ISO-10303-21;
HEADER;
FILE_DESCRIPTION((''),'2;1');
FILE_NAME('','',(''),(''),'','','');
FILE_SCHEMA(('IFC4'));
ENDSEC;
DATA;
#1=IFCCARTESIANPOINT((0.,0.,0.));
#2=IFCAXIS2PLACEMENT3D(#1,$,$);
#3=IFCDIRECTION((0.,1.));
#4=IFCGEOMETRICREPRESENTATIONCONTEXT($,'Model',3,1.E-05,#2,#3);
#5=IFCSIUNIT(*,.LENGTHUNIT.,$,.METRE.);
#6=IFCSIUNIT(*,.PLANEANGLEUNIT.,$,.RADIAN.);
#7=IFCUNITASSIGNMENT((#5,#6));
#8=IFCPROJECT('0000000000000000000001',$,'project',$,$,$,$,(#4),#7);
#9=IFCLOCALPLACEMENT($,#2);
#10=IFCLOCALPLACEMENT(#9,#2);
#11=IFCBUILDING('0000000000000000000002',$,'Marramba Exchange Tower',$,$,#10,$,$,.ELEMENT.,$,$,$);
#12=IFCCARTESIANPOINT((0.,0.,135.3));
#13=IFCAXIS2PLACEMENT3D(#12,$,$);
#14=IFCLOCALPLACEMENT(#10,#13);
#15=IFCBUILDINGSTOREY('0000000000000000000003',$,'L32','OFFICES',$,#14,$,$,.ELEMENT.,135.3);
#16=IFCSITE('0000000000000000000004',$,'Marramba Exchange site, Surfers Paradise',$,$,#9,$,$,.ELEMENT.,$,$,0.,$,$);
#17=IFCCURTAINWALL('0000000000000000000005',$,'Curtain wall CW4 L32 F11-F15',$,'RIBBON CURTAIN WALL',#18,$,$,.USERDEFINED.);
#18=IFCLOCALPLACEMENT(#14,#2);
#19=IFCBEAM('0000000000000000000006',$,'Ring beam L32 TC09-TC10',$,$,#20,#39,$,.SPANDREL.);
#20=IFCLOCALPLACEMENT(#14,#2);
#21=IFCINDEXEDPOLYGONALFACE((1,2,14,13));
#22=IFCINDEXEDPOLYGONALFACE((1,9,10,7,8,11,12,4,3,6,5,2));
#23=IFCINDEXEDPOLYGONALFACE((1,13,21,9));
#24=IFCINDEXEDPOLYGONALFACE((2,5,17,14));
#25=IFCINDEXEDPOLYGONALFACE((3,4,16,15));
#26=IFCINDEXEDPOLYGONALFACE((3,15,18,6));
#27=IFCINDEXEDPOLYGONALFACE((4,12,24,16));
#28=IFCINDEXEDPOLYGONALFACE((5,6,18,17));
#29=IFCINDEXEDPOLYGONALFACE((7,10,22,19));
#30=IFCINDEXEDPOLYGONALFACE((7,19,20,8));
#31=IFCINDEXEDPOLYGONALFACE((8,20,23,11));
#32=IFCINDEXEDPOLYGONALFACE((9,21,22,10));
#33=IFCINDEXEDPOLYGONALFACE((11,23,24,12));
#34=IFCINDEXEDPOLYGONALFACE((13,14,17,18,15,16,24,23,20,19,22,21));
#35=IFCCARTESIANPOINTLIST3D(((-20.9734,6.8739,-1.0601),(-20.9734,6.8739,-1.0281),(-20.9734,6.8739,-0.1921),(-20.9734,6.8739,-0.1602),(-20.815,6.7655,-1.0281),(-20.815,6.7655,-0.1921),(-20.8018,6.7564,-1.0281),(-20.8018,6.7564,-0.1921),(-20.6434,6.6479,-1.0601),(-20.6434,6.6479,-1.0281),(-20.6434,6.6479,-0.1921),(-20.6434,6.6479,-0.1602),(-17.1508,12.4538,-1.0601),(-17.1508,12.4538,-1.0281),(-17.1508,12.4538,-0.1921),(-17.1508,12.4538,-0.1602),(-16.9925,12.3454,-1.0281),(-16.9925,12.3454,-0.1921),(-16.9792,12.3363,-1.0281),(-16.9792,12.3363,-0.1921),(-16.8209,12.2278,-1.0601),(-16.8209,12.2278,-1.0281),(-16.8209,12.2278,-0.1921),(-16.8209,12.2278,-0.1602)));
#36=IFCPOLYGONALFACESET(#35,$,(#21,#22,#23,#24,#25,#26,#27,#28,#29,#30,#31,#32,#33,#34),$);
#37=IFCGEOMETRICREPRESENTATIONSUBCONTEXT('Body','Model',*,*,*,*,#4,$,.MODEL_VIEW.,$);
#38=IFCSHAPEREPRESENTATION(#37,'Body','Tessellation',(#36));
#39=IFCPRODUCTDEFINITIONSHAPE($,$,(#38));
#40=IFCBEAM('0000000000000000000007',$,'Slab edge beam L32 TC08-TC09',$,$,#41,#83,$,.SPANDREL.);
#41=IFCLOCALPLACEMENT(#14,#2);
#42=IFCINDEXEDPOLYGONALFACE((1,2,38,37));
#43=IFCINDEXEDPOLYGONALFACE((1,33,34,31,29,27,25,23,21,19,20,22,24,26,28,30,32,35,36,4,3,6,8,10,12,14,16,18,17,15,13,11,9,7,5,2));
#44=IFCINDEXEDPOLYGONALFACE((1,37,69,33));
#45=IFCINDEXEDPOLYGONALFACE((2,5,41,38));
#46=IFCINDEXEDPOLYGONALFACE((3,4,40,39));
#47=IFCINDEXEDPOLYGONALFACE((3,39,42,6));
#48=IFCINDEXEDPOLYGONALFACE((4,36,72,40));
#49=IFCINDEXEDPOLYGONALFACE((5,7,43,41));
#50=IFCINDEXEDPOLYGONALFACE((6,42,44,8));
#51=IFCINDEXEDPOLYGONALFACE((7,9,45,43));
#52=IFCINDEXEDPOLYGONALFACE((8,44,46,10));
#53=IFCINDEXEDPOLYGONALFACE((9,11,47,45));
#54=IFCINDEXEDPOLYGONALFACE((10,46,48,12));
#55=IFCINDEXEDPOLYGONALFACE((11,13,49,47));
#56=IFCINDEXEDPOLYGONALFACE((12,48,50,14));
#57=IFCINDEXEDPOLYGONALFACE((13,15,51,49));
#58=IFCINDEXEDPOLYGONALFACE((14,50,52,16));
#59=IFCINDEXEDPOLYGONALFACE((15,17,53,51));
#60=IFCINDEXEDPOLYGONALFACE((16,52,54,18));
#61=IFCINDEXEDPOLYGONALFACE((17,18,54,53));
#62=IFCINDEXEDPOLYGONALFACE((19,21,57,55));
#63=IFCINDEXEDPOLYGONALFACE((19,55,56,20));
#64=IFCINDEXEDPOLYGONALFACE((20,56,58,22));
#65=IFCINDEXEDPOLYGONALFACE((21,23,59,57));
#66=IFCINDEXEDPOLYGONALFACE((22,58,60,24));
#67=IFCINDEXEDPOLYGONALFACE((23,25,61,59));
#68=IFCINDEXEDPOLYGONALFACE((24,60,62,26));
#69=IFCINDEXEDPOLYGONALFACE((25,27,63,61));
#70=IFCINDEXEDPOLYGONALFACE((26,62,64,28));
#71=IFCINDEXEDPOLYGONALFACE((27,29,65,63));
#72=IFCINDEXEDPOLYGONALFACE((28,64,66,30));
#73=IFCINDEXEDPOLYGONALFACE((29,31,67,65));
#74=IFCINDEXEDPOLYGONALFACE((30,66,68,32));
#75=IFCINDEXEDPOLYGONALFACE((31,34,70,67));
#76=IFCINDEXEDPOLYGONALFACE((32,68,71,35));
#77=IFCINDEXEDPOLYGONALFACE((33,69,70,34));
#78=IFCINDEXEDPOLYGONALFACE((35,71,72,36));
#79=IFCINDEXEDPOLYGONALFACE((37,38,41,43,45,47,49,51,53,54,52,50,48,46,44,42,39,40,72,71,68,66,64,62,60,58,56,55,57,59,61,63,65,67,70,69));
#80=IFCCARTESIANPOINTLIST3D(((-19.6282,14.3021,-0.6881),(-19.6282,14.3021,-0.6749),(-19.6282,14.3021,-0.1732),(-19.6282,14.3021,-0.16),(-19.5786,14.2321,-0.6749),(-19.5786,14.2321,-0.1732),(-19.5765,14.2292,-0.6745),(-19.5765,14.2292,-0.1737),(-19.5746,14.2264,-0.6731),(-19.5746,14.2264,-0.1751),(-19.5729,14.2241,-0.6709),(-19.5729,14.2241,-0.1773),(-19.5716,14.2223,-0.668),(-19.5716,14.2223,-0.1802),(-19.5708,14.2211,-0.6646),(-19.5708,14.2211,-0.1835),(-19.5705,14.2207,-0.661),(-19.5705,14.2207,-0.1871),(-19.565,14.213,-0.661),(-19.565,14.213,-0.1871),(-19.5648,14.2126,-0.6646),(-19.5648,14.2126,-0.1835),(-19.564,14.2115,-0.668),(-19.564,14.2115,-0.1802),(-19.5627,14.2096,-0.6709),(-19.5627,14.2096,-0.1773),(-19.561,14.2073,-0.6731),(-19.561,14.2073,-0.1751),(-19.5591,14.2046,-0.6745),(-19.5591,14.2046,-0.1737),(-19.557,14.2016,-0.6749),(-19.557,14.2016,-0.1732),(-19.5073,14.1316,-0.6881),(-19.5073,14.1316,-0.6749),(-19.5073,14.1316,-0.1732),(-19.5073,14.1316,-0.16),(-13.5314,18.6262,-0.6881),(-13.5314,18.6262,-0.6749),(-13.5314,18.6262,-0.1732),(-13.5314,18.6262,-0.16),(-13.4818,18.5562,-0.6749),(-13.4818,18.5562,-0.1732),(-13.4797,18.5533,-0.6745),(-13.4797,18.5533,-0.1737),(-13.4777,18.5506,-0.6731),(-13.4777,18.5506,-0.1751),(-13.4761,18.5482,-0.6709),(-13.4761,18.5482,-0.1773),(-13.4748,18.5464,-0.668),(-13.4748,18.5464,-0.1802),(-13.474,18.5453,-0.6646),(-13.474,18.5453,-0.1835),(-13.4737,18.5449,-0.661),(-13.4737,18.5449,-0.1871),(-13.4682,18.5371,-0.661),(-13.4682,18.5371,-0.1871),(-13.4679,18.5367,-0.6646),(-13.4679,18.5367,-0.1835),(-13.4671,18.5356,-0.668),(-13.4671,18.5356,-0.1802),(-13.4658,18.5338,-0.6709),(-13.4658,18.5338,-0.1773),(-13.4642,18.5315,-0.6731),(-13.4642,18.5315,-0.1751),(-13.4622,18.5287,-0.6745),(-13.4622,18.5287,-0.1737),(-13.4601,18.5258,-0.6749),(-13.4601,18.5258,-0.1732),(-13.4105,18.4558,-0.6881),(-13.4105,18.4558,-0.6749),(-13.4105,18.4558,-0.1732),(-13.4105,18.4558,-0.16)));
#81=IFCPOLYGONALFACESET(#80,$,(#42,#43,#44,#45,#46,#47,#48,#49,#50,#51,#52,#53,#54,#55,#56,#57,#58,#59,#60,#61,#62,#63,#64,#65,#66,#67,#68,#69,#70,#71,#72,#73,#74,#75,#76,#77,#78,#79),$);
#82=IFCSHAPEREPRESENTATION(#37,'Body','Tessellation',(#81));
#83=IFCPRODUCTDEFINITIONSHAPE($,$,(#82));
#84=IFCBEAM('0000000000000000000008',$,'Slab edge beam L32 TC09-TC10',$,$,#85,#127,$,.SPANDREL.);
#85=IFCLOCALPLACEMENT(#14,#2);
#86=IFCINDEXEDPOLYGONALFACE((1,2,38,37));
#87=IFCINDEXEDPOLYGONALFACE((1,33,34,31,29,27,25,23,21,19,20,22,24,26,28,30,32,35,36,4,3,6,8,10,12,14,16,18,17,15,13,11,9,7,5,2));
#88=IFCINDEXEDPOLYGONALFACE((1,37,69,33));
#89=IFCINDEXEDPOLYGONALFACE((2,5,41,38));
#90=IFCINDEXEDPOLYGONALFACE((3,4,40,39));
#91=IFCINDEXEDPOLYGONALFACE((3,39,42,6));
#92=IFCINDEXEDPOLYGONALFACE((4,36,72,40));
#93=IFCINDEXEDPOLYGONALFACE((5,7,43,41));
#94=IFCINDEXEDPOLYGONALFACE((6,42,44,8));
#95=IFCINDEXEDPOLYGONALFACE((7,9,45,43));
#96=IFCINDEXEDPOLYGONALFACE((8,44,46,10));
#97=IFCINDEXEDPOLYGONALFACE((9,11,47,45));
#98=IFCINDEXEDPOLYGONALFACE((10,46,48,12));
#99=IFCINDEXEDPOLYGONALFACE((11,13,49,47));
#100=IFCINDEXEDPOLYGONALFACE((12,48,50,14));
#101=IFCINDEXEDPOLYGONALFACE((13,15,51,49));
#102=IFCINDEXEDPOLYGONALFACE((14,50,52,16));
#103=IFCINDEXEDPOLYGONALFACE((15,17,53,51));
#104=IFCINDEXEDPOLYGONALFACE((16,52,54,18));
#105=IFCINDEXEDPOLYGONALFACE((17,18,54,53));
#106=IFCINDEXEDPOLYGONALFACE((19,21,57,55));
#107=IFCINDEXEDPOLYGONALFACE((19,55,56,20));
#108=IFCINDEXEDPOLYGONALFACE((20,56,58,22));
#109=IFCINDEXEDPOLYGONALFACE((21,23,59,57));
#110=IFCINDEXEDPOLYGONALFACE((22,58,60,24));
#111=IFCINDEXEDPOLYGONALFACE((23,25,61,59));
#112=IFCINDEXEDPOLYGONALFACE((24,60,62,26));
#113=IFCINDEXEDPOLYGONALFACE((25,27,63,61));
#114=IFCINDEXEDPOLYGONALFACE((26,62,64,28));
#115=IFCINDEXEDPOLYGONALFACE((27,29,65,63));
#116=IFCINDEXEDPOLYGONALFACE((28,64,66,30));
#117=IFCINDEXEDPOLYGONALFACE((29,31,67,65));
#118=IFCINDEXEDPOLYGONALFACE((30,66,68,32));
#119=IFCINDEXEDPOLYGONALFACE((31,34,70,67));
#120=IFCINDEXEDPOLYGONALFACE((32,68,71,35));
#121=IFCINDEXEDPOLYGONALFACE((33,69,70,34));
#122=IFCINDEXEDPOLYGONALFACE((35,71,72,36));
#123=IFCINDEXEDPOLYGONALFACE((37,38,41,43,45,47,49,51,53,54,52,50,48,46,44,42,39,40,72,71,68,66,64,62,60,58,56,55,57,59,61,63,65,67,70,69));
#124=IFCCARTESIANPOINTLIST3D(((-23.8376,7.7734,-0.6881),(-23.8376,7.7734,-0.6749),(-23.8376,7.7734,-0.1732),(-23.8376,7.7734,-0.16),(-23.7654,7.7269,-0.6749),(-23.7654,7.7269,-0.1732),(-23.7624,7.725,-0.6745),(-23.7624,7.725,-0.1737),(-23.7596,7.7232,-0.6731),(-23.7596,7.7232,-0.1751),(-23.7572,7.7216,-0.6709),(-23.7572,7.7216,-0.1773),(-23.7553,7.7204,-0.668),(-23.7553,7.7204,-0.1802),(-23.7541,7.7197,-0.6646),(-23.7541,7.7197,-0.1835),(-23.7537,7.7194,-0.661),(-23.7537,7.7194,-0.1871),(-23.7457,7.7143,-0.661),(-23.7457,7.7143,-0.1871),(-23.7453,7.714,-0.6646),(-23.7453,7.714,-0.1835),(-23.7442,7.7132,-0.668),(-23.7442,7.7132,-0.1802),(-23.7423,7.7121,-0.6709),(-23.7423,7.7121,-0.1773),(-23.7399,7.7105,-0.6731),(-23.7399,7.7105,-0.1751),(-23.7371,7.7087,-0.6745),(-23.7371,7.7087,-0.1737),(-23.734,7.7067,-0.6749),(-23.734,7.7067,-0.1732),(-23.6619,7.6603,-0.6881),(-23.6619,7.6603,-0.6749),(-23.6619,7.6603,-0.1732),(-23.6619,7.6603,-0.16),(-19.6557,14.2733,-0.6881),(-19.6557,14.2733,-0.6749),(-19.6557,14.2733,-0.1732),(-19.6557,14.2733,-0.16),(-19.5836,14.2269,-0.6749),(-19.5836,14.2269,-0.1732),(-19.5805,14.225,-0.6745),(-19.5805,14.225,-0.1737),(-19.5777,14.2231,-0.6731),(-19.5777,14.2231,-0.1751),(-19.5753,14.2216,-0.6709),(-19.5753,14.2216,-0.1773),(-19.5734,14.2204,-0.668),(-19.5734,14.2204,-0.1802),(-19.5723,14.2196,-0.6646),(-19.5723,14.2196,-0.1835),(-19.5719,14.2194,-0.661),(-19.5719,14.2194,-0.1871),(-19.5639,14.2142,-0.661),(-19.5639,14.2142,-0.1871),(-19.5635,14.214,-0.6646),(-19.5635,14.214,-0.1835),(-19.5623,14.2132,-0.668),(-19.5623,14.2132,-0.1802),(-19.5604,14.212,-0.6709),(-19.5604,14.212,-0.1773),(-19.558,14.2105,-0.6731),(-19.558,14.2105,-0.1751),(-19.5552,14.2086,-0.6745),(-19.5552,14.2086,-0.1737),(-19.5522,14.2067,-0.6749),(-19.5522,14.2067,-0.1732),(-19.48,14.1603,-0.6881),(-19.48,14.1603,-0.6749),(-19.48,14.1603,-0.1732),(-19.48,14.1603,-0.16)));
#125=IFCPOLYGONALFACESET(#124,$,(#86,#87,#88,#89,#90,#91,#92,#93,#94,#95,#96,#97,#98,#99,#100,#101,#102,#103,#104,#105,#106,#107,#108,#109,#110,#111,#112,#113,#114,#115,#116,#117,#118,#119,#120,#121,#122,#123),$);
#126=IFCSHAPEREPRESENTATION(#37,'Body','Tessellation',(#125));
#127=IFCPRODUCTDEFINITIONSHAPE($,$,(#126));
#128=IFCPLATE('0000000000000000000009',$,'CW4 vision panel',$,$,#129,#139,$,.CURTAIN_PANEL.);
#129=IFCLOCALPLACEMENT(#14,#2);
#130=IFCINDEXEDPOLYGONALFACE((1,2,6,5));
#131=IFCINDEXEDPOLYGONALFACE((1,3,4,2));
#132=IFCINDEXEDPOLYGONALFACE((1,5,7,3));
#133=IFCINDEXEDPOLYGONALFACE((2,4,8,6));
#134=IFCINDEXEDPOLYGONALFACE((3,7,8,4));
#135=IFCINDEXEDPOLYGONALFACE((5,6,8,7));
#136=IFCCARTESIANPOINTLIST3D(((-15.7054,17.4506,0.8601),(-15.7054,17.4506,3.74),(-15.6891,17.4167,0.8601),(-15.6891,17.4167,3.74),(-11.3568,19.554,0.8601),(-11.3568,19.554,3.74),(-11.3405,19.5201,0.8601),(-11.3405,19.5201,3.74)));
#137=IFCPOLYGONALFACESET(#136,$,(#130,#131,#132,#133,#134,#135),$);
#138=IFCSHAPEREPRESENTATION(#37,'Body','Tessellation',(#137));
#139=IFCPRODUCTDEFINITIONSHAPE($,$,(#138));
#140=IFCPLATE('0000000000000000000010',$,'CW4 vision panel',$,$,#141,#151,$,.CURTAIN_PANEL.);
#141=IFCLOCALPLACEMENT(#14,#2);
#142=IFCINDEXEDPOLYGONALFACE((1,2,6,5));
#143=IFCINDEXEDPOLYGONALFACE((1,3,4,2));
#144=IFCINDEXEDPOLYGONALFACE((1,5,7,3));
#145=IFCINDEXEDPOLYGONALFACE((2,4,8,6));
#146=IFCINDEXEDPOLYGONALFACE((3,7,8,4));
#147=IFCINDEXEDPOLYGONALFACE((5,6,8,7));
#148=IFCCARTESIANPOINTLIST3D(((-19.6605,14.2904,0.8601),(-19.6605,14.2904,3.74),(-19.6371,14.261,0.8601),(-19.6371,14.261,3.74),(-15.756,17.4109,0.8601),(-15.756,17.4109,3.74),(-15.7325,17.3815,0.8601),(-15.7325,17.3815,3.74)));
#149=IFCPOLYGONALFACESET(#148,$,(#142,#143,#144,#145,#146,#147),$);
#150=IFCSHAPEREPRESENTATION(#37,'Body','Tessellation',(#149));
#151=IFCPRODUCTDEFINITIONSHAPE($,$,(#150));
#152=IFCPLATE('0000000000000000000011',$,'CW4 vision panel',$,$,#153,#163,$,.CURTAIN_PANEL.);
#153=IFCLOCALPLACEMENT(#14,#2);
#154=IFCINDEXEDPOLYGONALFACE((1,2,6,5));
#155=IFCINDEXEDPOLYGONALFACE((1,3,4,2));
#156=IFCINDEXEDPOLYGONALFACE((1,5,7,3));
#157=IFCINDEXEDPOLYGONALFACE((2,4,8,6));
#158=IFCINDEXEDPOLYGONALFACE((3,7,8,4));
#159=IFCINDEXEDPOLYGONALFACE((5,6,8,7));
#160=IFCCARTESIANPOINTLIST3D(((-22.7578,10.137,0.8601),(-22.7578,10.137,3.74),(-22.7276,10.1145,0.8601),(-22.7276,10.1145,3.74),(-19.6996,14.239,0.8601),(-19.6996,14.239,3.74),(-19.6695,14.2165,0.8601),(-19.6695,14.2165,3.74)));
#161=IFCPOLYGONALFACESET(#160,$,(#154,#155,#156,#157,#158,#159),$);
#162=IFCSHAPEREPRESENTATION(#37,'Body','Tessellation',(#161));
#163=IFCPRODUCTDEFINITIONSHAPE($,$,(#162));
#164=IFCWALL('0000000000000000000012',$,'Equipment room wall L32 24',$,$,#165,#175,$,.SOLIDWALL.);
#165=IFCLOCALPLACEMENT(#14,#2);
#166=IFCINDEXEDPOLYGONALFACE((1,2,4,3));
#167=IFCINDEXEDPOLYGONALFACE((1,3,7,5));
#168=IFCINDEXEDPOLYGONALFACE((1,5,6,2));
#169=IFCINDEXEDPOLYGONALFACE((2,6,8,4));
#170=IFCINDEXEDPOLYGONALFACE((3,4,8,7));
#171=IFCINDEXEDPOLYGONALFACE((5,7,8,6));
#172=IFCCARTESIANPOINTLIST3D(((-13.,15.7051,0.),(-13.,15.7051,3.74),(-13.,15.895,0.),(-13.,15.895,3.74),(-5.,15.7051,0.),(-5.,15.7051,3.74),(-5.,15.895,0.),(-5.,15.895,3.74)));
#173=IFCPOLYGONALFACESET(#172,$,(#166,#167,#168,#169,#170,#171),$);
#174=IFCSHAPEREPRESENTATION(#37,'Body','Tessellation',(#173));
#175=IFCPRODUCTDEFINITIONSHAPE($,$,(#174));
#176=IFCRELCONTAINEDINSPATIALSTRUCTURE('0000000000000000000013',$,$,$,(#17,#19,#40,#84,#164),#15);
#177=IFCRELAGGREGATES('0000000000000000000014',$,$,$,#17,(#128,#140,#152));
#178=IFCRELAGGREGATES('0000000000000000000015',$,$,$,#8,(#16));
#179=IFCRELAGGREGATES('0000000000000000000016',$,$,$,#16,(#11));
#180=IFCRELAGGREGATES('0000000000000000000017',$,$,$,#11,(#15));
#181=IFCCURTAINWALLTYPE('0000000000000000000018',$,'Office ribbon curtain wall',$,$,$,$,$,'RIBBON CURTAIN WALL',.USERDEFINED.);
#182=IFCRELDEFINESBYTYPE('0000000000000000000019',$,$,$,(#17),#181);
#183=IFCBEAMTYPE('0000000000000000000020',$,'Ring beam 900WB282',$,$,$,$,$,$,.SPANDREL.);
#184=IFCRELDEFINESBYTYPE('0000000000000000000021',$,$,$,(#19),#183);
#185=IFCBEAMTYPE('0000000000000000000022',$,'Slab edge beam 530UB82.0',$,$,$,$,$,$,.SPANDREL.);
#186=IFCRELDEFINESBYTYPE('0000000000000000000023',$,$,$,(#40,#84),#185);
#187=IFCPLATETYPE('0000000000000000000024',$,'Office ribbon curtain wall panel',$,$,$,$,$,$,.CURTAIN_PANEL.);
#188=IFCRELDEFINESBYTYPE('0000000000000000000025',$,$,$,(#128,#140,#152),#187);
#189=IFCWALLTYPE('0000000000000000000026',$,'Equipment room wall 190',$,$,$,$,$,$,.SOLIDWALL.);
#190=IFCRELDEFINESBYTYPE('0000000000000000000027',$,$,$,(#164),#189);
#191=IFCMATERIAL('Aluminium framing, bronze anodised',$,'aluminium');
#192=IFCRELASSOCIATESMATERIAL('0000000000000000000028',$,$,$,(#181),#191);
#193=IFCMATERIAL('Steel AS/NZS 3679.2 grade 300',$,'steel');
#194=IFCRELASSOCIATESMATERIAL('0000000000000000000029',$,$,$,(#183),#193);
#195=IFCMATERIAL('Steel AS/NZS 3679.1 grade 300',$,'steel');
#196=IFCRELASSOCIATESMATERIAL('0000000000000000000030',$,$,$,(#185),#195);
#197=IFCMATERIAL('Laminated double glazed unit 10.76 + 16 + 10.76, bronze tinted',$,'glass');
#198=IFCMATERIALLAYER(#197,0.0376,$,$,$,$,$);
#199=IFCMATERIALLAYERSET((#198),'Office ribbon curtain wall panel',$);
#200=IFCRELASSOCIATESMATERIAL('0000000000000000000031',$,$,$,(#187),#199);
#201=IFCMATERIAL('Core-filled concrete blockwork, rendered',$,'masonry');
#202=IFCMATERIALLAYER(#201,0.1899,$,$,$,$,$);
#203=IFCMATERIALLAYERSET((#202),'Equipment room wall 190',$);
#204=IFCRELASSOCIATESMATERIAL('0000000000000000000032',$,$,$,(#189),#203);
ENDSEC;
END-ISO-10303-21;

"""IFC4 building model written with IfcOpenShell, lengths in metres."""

from ifc_helpers import new_model, si_unit, direction, frame, frame_2d, origin, origin_2d, place, context, subcontext, project, spatial, rectangle, i_section, extrude, material, layer, layer_set, material_profile, profile_set, type_object, element, aggregate, save


model = new_model("IFC4")

# Units and contexts
model_context = context("Model", 3, precision=1e-05, world=origin(), true_north=direction((0.0, 1.0)))
body_context = subcontext(model_context, "Body", "Model", "MODEL_VIEW")
ifc_project = project(units=[si_unit("LENGTHUNIT", "METRE"), si_unit("PLANEANGLEUNIT", "RADIAN")], contexts=[model_context])

# Site, building, storey
site_placement = place(None, origin())
site = spatial("IfcSite", under=ifc_project, at=site_placement, Name="Marramba Exchange site, Surfers Paradise", CompositionType="ELEMENT", RefElevation=0.0)
building_placement = place(site_placement, origin())
building = spatial("IfcBuilding", under=site, at=building_placement, Name="Marramba Exchange Tower", CompositionType="ELEMENT")
storey_placement = place(building_placement, frame((0.0, 0.0, 135.3)))
storey = spatial("IfcBuildingStorey", under=building, at=storey_placement, Name="L32", Description="OFFICES", CompositionType="ELEMENT", Elevation=135.3)

# Shared definitions
ifc_material_1 = material(Name="Steel AS/NZS 3679.2 grade 300", Category="steel")
ifc_material_2 = material(Name="Steel AS/NZS 3679.1 grade 300", Category="steel")

# Curtain wall
ifc_material_3 = material(Name="Aluminium framing, bronze anodised", Category="aluminium")
curtain_wall_type = type_object("IfcCurtainWallType", Name="Office ribbon curtain wall", ElementType="RIBBON CURTAIN WALL", PredefinedType="USERDEFINED", material=ifc_material_3)
curtain_wall_placement = place(storey_placement, origin())
curtain_wall = element("IfcCurtainWall", 1, at=curtain_wall_placement, inside=storey, type_object=curtain_wall_type, Name="Curtain wall CW4 L32 F11-F15", ObjectType="RIBBON CURTAIN WALL", PredefinedType="USERDEFINED")

# Beams
ifc_material_profile_1 = material_profile(ifc_material_1, i_section(OverallWidth=0.3999, OverallDepth=0.8999, WebThickness=0.0161, FlangeThickness=0.032, at=origin_2d()), Name="900WB282")
ifc_profile_set_1 = profile_set([ifc_material_profile_1], Name="Steel AS/NZS 3679.2 grade 300")
beam_type_1 = type_object("IfcBeamType", Name="Ring beam 900WB282", PredefinedType="SPANDREL", material=ifc_profile_set_1)
beam_1_placement = place(storey_placement, frame((-16.9858, 12.3408, -0.6101), z_axis=(-0.56516, -0.824981, 0.0), x_axis=(0.824981, -0.56516, 0.0)))
element("IfcBeam", 2, at=beam_1_placement, inside=storey, type_object=beam_type_1, Name="Ring beam L32 TC09-TC10", PredefinedType="SPANDREL", context=body_context, shape_type="SweptSolid", body=[
    extrude(i_section(OverallWidth=0.3999, OverallDepth=0.8999, WebThickness=0.0161, FlangeThickness=0.032, at=origin_2d()), origin(), (0.0, 0.0, 1.0), 6.7637),
])
ifc_material_profile_2 = material_profile(ifc_material_2, i_section(OverallWidth=0.209, OverallDepth=0.5281, WebThickness=0.0095, FlangeThickness=0.0132, FilletRadius=0.0139, at=origin_2d()), Name="530UB82.0")
ifc_profile_set_2 = profile_set([ifc_material_profile_2], Name="Steel AS/NZS 3679.1 grade 300")
beam_type_2 = type_object("IfcBeamType", Name="Slab edge beam 530UB82.0", PredefinedType="SPANDREL", material=ifc_profile_set_2)
beam_2_placement = place(storey_placement, frame((-13.4709, 18.541, -0.4241), z_axis=(-0.815673, -0.578513, 0.0), x_axis=(0.578513, -0.815673, 0.0)))
element("IfcBeam", 3, at=beam_2_placement, inside=storey, type_object=beam_type_2, Name="Slab edge beam L32 TC08-TC09", PredefinedType="SPANDREL", context=body_context, shape_type="SweptSolid", body=[
    extrude(i_section(OverallWidth=0.209, OverallDepth=0.5281, WebThickness=0.0095, FlangeThickness=0.0132, FilletRadius=0.0139, at=origin_2d()), origin(), (0.0, 0.0, 1.0), 7.4746),
])
beam_3_placement = place(storey_placement, frame((-19.5679, 14.2168, -0.4241), z_axis=(-0.541061, -0.840983, 0.0), x_axis=(0.840983, -0.541061, 0.0)))
element("IfcBeam", 4, at=beam_3_placement, inside=storey, type_object=beam_type_2, Name="Slab edge beam L32 TC09-TC10", PredefinedType="SPANDREL", context=body_context, shape_type="SweptSolid", body=[
    extrude(i_section(OverallWidth=0.209, OverallDepth=0.5281, WebThickness=0.0095, FlangeThickness=0.0132, FilletRadius=0.0139, at=origin_2d()), origin(), (0.0, 0.0, 1.0), 7.729),
])

# Plates
ifc_material_4 = material(Name="Laminated double glazed unit 10.76 + 16 + 10.76, bronze tinted", Category="glass")
ifc_layer_1 = layer(ifc_material_4, 0.0376)
ifc_layer_set_1 = layer_set([ifc_layer_1], Name="Office ribbon curtain wall panel")
plate_type = type_object("IfcPlateType", Name="Office ribbon curtain wall panel", PredefinedType="CURTAIN_PANEL", material=ifc_layer_set_1)
plate_1_placement = place(storey_placement, frame((-13.5229, 18.4854, 0.8601), z_axis=(0.0, 0.0, 1.0), x_axis=(-0.900224, -0.435428, 0.0)))
plate_1 = element("IfcPlate", 5, at=plate_1_placement, type_object=plate_type, Name="CW4 vision panel", PredefinedType="CURTAIN_PANEL", context=body_context, shape_type="SweptSolid", body=[
    extrude(rectangle(XDim=4.8306, YDim=0.0376, at=origin_2d()), origin(), (0.0, 0.0, 1.0), 2.8799),
])
plate_2_placement = place(storey_placement, frame((-17.6965, 15.8359, 0.8601), z_axis=(0.0, 0.0, 1.0), x_axis=(-0.781178, -0.624308, 0.0)))
plate_2 = element("IfcPlate", 6, at=plate_2_placement, type_object=plate_type, Name="CW4 vision panel", PredefinedType="CURTAIN_PANEL", context=body_context, shape_type="SweptSolid", body=[
    extrude(rectangle(XDim=4.9983, YDim=0.0376, at=origin_2d()), origin(), (0.0, 0.0, 1.0), 2.8799),
])
plate_3_placement = place(storey_placement, frame((-21.2136, 12.1768, 0.8601), z_axis=(0.0, 0.0, 1.0), x_axis=(-0.597704, -0.801717, 0.0)))
plate_3 = element("IfcPlate", 7, at=plate_3_placement, type_object=plate_type, Name="CW4 vision panel", PredefinedType="CURTAIN_PANEL", context=body_context, shape_type="SweptSolid", body=[
    extrude(rectangle(XDim=5.1165, YDim=0.0376, at=origin_2d()), origin(), (0.0, 0.0, 1.0), 2.8799),
])
aggregate(curtain_wall, [plate_1, plate_2, plate_3])

# Wall
ifc_material_5 = material(Name="Core-filled concrete blockwork, rendered", Category="masonry")
ifc_layer_2 = layer(ifc_material_5, 0.1899)
ifc_layer_set_2 = layer_set([ifc_layer_2], Name="Equipment room wall 190")
wall_type = type_object("IfcWallType", Name="Equipment room wall 190", PredefinedType="SOLIDWALL", material=ifc_layer_set_2)
wall_1_placement = place(storey_placement, frame((-13.0, 15.8, 0.0), z_axis=(0.0, 0.0, 1.0), x_axis=(1.0, 0.0, 0.0)))
element("IfcWall", 8, at=wall_1_placement, inside=storey, type_object=wall_type, Name="Equipment room wall L32 24", PredefinedType="SOLIDWALL", context=body_context, shape_type="SweptSolid", body=[
    extrude(rectangle(XDim=8.0, YDim=0.1899, at=frame_2d((4.0, 0.0))), origin(), (0.0, 0.0, 1.0), 3.74),
])

save(model, "model.ifc")
